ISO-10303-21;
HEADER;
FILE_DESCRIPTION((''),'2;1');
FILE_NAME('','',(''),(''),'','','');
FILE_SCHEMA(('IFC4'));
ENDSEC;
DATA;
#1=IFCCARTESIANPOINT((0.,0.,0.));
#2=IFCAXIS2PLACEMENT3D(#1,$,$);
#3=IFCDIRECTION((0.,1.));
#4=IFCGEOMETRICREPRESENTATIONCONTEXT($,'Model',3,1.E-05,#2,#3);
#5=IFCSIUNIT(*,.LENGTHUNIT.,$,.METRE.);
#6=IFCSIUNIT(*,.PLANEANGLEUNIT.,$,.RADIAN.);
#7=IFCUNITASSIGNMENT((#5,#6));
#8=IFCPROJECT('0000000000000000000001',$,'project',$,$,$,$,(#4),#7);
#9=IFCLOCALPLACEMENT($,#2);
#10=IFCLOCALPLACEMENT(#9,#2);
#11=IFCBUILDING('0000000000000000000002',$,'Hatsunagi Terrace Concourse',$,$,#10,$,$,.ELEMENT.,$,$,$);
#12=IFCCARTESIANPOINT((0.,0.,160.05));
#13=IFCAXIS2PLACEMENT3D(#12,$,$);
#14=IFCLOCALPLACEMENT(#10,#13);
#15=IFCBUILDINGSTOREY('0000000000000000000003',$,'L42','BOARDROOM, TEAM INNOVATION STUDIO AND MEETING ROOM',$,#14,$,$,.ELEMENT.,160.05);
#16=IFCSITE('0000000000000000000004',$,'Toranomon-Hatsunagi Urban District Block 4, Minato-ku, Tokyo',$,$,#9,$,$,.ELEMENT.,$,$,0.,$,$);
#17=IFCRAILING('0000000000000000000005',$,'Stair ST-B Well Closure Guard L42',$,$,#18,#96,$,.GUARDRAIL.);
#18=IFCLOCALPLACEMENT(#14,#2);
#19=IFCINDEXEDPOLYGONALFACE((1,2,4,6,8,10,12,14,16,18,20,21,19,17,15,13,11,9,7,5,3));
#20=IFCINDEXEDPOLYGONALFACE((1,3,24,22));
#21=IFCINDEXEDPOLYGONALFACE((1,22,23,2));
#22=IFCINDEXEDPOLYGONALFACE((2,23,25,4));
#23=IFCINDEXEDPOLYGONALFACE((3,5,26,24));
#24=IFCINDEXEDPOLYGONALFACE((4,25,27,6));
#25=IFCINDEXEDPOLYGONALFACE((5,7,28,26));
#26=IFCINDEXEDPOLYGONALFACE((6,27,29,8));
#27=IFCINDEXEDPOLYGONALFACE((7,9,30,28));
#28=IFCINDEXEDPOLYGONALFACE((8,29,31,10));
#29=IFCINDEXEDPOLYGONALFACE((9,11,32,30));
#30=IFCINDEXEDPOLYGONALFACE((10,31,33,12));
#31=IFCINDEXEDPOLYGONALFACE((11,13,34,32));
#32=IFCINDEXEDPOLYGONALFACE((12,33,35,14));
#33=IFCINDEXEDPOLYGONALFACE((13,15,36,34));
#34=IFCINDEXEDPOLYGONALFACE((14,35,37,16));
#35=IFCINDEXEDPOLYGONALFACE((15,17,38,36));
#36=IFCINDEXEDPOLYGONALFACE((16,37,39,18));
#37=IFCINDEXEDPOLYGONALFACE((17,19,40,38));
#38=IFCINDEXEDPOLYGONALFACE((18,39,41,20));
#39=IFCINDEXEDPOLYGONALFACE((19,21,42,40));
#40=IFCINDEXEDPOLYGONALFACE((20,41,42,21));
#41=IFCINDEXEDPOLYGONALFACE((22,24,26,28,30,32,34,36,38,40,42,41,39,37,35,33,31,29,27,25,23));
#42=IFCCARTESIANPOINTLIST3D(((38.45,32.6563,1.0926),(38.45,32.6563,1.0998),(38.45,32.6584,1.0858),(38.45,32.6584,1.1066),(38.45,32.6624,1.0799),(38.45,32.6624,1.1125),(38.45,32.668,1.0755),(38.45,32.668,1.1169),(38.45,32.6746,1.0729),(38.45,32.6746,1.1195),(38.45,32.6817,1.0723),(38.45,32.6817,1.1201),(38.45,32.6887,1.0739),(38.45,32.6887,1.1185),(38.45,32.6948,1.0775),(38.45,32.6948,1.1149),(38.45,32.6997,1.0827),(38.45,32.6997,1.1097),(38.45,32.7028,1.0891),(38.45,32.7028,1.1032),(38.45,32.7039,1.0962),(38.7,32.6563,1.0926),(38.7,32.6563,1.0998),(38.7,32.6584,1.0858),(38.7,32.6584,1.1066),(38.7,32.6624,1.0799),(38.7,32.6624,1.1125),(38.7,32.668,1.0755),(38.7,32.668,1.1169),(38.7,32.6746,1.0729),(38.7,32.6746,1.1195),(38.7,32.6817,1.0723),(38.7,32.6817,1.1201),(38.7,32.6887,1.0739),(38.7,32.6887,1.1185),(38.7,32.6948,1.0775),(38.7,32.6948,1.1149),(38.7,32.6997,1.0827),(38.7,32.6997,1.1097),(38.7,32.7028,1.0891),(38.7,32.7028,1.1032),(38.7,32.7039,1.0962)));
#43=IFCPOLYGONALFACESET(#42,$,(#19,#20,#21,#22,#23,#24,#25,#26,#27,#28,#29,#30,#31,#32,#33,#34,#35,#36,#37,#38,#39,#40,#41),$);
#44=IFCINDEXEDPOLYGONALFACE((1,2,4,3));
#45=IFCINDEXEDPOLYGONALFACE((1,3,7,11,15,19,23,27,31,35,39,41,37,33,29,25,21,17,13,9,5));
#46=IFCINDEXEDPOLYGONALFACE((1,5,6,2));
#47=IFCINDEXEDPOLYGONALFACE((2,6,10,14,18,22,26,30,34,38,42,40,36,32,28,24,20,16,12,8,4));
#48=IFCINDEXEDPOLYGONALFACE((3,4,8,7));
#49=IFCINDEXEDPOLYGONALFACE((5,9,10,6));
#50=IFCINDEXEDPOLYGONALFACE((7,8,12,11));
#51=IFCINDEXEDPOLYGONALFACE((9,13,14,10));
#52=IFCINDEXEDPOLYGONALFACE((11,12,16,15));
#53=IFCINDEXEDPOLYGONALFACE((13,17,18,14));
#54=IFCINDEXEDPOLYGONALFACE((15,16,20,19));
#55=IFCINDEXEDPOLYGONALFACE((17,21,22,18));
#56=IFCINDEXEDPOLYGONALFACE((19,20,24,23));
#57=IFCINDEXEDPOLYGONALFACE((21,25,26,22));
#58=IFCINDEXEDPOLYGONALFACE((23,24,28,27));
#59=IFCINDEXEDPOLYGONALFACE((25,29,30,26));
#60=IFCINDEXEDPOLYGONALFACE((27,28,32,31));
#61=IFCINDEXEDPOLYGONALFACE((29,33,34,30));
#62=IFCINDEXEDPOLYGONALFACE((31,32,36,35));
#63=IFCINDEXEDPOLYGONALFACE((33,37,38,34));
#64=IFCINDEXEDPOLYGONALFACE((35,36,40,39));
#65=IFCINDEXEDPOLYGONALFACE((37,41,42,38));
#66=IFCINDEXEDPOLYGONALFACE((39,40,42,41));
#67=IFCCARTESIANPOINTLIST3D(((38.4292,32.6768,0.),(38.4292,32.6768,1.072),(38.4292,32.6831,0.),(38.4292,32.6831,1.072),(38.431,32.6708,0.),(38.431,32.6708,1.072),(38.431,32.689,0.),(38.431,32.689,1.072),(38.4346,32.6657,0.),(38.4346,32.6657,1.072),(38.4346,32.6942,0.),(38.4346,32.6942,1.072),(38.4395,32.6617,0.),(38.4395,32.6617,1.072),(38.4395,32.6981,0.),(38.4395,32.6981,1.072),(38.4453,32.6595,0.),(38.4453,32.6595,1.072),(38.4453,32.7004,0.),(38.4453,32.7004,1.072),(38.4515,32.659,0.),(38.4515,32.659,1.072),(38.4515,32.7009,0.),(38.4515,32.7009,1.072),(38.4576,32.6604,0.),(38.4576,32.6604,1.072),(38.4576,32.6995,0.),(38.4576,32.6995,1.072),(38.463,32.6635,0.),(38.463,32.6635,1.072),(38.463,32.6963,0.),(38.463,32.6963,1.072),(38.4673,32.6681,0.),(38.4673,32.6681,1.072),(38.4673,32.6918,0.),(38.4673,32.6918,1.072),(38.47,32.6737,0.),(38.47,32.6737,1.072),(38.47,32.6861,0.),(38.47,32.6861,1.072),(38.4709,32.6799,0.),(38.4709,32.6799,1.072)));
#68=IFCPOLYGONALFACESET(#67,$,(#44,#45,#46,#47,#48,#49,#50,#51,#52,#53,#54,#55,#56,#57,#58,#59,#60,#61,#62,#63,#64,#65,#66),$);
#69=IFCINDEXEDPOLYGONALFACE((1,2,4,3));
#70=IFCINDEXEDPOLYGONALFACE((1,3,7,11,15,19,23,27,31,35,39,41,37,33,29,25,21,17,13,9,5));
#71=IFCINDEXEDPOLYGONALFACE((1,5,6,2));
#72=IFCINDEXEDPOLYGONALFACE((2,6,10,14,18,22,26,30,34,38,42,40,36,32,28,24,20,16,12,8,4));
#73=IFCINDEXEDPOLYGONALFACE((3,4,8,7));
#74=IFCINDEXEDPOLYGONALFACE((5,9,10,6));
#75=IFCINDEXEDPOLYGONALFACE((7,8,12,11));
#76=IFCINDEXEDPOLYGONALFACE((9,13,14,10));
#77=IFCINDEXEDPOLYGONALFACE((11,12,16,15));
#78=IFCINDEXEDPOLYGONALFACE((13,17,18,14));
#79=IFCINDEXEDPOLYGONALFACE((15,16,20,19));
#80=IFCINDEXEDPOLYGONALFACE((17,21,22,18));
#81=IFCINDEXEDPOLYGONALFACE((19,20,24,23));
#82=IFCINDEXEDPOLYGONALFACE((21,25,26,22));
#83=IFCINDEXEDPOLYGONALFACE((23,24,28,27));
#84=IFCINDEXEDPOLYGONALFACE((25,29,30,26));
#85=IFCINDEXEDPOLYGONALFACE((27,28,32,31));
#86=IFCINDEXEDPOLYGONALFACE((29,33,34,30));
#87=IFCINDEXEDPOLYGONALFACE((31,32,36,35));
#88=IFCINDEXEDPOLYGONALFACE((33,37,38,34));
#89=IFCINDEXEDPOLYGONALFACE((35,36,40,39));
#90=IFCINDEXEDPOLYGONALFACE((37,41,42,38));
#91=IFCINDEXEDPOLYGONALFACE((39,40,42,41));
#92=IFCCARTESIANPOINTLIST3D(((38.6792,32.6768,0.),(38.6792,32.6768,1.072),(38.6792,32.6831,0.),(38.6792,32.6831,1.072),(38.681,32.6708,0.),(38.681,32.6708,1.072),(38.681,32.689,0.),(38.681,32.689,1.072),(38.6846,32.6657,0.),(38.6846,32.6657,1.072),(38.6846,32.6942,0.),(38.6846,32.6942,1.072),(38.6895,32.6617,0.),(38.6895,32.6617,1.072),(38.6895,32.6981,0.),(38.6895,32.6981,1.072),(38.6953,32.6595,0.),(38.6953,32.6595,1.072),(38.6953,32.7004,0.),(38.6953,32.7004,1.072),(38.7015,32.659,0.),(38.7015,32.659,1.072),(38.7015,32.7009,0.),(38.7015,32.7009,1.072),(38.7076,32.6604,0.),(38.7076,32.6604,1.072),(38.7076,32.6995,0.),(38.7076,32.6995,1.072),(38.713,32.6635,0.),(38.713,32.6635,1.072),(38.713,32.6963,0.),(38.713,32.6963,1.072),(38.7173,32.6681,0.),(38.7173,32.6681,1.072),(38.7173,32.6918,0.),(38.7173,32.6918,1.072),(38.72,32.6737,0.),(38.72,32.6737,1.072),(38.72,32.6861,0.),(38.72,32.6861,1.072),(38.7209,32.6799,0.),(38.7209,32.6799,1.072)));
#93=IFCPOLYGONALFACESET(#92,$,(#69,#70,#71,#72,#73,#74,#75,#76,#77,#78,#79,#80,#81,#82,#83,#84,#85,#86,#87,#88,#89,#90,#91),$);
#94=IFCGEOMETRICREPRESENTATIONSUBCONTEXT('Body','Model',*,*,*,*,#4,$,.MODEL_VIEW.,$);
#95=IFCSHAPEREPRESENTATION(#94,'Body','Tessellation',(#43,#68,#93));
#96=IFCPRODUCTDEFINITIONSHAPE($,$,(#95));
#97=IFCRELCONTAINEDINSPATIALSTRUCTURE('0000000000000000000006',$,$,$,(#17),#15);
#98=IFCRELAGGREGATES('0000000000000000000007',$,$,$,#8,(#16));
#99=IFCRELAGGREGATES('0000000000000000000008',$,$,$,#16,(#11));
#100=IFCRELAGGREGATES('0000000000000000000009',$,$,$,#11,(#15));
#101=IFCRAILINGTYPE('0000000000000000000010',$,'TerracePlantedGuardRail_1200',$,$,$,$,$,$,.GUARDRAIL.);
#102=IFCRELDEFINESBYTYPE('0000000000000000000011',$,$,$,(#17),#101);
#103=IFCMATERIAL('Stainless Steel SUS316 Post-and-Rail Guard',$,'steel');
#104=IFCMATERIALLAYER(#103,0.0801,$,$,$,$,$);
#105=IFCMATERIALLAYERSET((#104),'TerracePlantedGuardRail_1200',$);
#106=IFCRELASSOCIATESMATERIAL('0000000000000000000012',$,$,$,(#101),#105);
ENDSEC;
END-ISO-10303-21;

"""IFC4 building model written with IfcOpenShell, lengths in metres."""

from ifc_helpers import new_model, si_unit, direction, frame, origin, origin_2d, place, context, subcontext, project, spatial, circle, extrude, material, layer, layer_set, type_object, element, save


model = new_model("IFC4")

# Units and contexts
model_context = context("Model", 3, precision=1e-05, world=origin(), true_north=direction((0.0, 1.0)))
body_context = subcontext(model_context, "Body", "Model", "MODEL_VIEW")
ifc_project = project(units=[si_unit("LENGTHUNIT", "METRE"), si_unit("PLANEANGLEUNIT", "RADIAN")], contexts=[model_context])

# Site, building, storey
site_placement = place(None, origin())
site = spatial("IfcSite", under=ifc_project, at=site_placement, Name="Toranomon-Hatsunagi Urban District Block 4, Minato-ku, Tokyo", CompositionType="ELEMENT", RefElevation=0.0)
building_placement = place(site_placement, origin())
building = spatial("IfcBuilding", under=site, at=building_placement, Name="Hatsunagi Terrace Concourse", CompositionType="ELEMENT")
storey_placement = place(building_placement, frame((0.0, 0.0, 160.05)))
storey = spatial("IfcBuildingStorey", under=building, at=storey_placement, Name="L42", Description="BOARDROOM, TEAM INNOVATION STUDIO AND MEETING ROOM", CompositionType="ELEMENT", Elevation=160.05)

# Railing
ifc_material_1 = material(Name="Stainless Steel SUS316 Post-and-Rail Guard", Category="steel")
ifc_layer_1 = layer(ifc_material_1, 0.0801)
ifc_layer_set_1 = layer_set([ifc_layer_1], Name="TerracePlantedGuardRail_1200")
railing_type_1 = type_object("IfcRailingType", Name="TerracePlantedGuardRail_1200", PredefinedType="GUARDRAIL", material=ifc_layer_set_1)
railing_1_placement = place(storey_placement, frame((38.45, 32.6799, 0.0)))
element("IfcRailing", 1, at=railing_1_placement, inside=storey, type_object=railing_type_1, Name="Stair ST-B Well Closure Guard L42", PredefinedType="GUARDRAIL", context=body_context, shape_type="SweptSolid", body=[
    extrude(circle(Radius=0.0239, at=origin_2d()), frame((0.0, 0.0, 1.0962), z_axis=(1.0, 0.0, 0.0), x_axis=(0.0, 1.0, 0.0)), (0.0, 0.0, 1.0), 0.25),
    extrude(circle(Radius=0.021, at=origin_2d()), origin(), (0.0, 0.0, 1.0), 1.072),
    extrude(circle(Radius=0.021, at=origin_2d()), frame((0.25, 0.0, 0.0)), (0.0, 0.0, 1.0), 1.072),
])

save(model, "model.ifc")
